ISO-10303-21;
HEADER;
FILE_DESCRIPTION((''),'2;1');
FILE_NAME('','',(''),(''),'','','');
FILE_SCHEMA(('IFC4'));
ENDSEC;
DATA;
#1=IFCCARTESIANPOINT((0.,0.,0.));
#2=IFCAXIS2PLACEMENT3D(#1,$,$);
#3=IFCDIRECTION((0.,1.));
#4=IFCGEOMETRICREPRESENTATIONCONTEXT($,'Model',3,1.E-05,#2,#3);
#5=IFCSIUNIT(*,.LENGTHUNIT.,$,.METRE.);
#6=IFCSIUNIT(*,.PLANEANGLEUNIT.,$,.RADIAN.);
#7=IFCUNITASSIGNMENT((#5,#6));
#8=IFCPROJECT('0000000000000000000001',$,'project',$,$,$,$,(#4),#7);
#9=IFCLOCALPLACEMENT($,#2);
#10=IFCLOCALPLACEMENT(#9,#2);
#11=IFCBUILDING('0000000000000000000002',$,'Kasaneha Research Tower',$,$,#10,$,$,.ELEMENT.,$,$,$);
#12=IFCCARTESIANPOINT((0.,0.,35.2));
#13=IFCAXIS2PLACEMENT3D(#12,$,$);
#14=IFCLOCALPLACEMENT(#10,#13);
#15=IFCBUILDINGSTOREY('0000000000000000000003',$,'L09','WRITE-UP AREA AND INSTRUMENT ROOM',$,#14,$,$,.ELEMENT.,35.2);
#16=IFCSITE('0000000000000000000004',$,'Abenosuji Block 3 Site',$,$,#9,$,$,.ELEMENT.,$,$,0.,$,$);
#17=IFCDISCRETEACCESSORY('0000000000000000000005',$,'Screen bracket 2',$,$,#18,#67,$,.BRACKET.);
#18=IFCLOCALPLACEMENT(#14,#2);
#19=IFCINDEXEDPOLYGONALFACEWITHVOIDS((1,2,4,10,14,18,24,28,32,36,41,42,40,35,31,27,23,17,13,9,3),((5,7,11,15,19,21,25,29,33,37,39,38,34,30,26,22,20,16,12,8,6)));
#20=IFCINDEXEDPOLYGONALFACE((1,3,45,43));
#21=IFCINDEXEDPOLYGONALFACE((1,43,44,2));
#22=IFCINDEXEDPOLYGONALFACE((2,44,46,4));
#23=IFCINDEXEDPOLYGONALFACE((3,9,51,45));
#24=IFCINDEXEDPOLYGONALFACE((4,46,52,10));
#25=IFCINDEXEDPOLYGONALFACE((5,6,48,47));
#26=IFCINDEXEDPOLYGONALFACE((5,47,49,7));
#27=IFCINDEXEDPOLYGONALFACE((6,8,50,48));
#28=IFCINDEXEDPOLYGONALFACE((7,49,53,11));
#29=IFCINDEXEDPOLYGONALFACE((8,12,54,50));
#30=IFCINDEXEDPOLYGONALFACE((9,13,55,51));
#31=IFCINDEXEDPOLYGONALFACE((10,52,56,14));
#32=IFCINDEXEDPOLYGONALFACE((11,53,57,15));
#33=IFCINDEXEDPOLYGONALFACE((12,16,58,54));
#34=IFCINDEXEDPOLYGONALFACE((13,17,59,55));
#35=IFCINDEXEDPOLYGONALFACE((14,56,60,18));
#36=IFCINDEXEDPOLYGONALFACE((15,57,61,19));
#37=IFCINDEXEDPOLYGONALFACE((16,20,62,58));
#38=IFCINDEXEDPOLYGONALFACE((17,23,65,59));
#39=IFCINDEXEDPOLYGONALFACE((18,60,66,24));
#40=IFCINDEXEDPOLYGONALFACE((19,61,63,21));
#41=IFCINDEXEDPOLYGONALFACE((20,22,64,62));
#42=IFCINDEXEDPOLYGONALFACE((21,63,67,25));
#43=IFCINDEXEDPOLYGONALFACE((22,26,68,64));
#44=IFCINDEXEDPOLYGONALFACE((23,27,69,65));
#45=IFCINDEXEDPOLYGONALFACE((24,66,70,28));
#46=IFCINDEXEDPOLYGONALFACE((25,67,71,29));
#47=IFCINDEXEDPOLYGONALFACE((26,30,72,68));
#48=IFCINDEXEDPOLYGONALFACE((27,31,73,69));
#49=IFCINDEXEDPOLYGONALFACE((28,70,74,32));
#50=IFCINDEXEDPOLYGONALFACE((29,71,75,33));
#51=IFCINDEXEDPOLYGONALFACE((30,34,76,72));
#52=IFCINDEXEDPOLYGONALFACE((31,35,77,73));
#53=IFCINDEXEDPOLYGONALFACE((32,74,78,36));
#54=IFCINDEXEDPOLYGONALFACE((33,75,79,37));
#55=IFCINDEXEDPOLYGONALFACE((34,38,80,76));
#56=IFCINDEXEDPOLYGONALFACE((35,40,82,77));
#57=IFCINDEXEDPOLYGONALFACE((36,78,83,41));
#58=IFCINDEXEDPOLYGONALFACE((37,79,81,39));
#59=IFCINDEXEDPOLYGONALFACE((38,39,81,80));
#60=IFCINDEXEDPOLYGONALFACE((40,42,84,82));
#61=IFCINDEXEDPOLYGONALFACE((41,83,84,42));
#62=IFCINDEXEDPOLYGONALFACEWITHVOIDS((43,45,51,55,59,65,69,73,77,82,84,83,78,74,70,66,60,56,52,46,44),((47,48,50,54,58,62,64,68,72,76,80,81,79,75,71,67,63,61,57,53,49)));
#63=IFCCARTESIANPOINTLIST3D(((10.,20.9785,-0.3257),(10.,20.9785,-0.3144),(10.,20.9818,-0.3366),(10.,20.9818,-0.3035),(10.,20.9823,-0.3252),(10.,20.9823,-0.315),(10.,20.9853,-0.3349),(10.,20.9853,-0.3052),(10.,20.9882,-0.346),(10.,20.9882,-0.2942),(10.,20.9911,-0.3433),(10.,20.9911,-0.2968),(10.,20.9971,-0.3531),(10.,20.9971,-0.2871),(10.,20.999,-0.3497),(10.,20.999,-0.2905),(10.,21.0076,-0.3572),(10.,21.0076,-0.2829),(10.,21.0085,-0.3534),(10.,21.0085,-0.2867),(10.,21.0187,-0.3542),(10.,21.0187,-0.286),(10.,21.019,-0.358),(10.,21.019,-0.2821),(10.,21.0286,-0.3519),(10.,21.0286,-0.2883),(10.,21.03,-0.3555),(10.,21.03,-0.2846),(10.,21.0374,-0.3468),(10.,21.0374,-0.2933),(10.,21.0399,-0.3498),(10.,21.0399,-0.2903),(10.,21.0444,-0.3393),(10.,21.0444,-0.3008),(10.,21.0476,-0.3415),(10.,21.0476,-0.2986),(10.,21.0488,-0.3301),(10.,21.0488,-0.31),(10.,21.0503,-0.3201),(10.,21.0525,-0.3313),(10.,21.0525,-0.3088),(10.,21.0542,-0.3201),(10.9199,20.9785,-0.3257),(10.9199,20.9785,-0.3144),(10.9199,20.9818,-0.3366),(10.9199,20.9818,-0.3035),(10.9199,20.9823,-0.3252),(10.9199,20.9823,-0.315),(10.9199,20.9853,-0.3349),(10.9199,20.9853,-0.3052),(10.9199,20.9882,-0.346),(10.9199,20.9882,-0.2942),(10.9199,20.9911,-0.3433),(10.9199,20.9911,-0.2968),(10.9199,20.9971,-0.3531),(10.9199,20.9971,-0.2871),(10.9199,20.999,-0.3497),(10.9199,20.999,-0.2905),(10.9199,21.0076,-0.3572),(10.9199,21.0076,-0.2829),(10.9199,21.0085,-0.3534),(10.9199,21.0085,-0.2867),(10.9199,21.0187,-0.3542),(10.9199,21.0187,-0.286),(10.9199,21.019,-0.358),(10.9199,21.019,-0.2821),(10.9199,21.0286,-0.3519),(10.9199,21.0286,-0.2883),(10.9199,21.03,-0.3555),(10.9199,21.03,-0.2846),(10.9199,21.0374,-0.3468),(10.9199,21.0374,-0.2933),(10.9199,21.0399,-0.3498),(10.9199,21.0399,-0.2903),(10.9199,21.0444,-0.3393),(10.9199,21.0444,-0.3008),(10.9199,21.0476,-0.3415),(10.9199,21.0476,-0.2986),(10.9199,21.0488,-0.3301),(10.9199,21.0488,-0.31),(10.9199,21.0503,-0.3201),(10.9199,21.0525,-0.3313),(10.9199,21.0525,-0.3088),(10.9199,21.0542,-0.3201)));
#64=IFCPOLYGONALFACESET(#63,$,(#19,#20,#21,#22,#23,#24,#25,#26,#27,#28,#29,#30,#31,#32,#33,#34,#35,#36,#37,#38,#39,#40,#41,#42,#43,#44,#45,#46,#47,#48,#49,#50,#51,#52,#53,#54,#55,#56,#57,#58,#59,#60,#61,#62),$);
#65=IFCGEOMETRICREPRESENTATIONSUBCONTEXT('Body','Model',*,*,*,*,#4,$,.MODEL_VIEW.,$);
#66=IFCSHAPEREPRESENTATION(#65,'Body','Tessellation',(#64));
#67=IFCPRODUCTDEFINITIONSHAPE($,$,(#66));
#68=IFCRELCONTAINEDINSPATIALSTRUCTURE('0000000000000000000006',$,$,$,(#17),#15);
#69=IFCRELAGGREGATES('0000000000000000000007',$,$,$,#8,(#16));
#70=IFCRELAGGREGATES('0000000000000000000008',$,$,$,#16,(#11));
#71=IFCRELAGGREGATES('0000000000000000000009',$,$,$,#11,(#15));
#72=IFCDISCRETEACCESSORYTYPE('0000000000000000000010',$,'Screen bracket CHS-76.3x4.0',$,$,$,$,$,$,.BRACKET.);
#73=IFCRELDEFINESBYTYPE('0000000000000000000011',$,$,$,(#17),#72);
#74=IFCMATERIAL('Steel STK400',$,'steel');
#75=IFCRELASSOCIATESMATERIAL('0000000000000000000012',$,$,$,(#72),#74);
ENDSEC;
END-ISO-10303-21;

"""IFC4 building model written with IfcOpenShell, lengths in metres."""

from ifc_helpers import new_model, si_unit, direction, frame, origin, origin_2d, place, context, subcontext, project, spatial, hollow_circle, extrude, material, material_profile, profile_set, type_object, element, save


model = new_model("IFC4")

# Units and contexts
model_context = context("Model", 3, precision=1e-05, world=origin(), true_north=direction((0.0, 1.0)))
body_context = subcontext(model_context, "Body", "Model", "MODEL_VIEW")
ifc_project = project(units=[si_unit("LENGTHUNIT", "METRE"), si_unit("PLANEANGLEUNIT", "RADIAN")], contexts=[model_context])

# Site, building, storey
site_placement = place(None, origin())
site = spatial("IfcSite", under=ifc_project, at=site_placement, Name="Abenosuji Block 3 Site", CompositionType="ELEMENT", RefElevation=0.0)
building_placement = place(site_placement, origin())
building = spatial("IfcBuilding", under=site, at=building_placement, Name="Kasaneha Research Tower", CompositionType="ELEMENT")
storey_placement = place(building_placement, frame((0.0, 0.0, 35.2)))
storey = spatial("IfcBuildingStorey", under=building, at=storey_placement, Name="L09", Description="WRITE-UP AREA AND INSTRUMENT ROOM", CompositionType="ELEMENT", Elevation=35.2)

# Discrete accessory
ifc_material_1 = material(Name="Steel STK400", Category="steel")
ifc_material_profile_1 = material_profile(ifc_material_1, hollow_circle(Radius=0.0381, WallThickness=0.0039, at=origin_2d()), Name="CHS-76.3x4.0")
ifc_profile_set_1 = profile_set([ifc_material_profile_1], Name="Steel STK400")
discrete_accessory_type = type_object("IfcDiscreteAccessoryType", Name="Screen bracket CHS-76.3x4.0", PredefinedType="BRACKET", material=ifc_profile_set_1)
for number, where, z_axis, x_axis, name in (
    (1, (10.0, 21.0161, -0.3201), (1.0, 0.0, 0.0), (0.0, 1.0, 0.0), "Screen bracket 2"),
):
    element("IfcDiscreteAccessory", number, at=place(storey_placement, frame(where, z_axis=z_axis, x_axis=x_axis)), inside=storey, type_object=discrete_accessory_type, Name=name, PredefinedType="BRACKET", context=body_context, shape_type="SweptSolid", body=[
        extrude(hollow_circle(Radius=0.0381, WallThickness=0.0039, at=origin_2d()), origin(), (0.0, 0.0, 1.0), 0.9199),
    ])

save(model, "model.ifc")
